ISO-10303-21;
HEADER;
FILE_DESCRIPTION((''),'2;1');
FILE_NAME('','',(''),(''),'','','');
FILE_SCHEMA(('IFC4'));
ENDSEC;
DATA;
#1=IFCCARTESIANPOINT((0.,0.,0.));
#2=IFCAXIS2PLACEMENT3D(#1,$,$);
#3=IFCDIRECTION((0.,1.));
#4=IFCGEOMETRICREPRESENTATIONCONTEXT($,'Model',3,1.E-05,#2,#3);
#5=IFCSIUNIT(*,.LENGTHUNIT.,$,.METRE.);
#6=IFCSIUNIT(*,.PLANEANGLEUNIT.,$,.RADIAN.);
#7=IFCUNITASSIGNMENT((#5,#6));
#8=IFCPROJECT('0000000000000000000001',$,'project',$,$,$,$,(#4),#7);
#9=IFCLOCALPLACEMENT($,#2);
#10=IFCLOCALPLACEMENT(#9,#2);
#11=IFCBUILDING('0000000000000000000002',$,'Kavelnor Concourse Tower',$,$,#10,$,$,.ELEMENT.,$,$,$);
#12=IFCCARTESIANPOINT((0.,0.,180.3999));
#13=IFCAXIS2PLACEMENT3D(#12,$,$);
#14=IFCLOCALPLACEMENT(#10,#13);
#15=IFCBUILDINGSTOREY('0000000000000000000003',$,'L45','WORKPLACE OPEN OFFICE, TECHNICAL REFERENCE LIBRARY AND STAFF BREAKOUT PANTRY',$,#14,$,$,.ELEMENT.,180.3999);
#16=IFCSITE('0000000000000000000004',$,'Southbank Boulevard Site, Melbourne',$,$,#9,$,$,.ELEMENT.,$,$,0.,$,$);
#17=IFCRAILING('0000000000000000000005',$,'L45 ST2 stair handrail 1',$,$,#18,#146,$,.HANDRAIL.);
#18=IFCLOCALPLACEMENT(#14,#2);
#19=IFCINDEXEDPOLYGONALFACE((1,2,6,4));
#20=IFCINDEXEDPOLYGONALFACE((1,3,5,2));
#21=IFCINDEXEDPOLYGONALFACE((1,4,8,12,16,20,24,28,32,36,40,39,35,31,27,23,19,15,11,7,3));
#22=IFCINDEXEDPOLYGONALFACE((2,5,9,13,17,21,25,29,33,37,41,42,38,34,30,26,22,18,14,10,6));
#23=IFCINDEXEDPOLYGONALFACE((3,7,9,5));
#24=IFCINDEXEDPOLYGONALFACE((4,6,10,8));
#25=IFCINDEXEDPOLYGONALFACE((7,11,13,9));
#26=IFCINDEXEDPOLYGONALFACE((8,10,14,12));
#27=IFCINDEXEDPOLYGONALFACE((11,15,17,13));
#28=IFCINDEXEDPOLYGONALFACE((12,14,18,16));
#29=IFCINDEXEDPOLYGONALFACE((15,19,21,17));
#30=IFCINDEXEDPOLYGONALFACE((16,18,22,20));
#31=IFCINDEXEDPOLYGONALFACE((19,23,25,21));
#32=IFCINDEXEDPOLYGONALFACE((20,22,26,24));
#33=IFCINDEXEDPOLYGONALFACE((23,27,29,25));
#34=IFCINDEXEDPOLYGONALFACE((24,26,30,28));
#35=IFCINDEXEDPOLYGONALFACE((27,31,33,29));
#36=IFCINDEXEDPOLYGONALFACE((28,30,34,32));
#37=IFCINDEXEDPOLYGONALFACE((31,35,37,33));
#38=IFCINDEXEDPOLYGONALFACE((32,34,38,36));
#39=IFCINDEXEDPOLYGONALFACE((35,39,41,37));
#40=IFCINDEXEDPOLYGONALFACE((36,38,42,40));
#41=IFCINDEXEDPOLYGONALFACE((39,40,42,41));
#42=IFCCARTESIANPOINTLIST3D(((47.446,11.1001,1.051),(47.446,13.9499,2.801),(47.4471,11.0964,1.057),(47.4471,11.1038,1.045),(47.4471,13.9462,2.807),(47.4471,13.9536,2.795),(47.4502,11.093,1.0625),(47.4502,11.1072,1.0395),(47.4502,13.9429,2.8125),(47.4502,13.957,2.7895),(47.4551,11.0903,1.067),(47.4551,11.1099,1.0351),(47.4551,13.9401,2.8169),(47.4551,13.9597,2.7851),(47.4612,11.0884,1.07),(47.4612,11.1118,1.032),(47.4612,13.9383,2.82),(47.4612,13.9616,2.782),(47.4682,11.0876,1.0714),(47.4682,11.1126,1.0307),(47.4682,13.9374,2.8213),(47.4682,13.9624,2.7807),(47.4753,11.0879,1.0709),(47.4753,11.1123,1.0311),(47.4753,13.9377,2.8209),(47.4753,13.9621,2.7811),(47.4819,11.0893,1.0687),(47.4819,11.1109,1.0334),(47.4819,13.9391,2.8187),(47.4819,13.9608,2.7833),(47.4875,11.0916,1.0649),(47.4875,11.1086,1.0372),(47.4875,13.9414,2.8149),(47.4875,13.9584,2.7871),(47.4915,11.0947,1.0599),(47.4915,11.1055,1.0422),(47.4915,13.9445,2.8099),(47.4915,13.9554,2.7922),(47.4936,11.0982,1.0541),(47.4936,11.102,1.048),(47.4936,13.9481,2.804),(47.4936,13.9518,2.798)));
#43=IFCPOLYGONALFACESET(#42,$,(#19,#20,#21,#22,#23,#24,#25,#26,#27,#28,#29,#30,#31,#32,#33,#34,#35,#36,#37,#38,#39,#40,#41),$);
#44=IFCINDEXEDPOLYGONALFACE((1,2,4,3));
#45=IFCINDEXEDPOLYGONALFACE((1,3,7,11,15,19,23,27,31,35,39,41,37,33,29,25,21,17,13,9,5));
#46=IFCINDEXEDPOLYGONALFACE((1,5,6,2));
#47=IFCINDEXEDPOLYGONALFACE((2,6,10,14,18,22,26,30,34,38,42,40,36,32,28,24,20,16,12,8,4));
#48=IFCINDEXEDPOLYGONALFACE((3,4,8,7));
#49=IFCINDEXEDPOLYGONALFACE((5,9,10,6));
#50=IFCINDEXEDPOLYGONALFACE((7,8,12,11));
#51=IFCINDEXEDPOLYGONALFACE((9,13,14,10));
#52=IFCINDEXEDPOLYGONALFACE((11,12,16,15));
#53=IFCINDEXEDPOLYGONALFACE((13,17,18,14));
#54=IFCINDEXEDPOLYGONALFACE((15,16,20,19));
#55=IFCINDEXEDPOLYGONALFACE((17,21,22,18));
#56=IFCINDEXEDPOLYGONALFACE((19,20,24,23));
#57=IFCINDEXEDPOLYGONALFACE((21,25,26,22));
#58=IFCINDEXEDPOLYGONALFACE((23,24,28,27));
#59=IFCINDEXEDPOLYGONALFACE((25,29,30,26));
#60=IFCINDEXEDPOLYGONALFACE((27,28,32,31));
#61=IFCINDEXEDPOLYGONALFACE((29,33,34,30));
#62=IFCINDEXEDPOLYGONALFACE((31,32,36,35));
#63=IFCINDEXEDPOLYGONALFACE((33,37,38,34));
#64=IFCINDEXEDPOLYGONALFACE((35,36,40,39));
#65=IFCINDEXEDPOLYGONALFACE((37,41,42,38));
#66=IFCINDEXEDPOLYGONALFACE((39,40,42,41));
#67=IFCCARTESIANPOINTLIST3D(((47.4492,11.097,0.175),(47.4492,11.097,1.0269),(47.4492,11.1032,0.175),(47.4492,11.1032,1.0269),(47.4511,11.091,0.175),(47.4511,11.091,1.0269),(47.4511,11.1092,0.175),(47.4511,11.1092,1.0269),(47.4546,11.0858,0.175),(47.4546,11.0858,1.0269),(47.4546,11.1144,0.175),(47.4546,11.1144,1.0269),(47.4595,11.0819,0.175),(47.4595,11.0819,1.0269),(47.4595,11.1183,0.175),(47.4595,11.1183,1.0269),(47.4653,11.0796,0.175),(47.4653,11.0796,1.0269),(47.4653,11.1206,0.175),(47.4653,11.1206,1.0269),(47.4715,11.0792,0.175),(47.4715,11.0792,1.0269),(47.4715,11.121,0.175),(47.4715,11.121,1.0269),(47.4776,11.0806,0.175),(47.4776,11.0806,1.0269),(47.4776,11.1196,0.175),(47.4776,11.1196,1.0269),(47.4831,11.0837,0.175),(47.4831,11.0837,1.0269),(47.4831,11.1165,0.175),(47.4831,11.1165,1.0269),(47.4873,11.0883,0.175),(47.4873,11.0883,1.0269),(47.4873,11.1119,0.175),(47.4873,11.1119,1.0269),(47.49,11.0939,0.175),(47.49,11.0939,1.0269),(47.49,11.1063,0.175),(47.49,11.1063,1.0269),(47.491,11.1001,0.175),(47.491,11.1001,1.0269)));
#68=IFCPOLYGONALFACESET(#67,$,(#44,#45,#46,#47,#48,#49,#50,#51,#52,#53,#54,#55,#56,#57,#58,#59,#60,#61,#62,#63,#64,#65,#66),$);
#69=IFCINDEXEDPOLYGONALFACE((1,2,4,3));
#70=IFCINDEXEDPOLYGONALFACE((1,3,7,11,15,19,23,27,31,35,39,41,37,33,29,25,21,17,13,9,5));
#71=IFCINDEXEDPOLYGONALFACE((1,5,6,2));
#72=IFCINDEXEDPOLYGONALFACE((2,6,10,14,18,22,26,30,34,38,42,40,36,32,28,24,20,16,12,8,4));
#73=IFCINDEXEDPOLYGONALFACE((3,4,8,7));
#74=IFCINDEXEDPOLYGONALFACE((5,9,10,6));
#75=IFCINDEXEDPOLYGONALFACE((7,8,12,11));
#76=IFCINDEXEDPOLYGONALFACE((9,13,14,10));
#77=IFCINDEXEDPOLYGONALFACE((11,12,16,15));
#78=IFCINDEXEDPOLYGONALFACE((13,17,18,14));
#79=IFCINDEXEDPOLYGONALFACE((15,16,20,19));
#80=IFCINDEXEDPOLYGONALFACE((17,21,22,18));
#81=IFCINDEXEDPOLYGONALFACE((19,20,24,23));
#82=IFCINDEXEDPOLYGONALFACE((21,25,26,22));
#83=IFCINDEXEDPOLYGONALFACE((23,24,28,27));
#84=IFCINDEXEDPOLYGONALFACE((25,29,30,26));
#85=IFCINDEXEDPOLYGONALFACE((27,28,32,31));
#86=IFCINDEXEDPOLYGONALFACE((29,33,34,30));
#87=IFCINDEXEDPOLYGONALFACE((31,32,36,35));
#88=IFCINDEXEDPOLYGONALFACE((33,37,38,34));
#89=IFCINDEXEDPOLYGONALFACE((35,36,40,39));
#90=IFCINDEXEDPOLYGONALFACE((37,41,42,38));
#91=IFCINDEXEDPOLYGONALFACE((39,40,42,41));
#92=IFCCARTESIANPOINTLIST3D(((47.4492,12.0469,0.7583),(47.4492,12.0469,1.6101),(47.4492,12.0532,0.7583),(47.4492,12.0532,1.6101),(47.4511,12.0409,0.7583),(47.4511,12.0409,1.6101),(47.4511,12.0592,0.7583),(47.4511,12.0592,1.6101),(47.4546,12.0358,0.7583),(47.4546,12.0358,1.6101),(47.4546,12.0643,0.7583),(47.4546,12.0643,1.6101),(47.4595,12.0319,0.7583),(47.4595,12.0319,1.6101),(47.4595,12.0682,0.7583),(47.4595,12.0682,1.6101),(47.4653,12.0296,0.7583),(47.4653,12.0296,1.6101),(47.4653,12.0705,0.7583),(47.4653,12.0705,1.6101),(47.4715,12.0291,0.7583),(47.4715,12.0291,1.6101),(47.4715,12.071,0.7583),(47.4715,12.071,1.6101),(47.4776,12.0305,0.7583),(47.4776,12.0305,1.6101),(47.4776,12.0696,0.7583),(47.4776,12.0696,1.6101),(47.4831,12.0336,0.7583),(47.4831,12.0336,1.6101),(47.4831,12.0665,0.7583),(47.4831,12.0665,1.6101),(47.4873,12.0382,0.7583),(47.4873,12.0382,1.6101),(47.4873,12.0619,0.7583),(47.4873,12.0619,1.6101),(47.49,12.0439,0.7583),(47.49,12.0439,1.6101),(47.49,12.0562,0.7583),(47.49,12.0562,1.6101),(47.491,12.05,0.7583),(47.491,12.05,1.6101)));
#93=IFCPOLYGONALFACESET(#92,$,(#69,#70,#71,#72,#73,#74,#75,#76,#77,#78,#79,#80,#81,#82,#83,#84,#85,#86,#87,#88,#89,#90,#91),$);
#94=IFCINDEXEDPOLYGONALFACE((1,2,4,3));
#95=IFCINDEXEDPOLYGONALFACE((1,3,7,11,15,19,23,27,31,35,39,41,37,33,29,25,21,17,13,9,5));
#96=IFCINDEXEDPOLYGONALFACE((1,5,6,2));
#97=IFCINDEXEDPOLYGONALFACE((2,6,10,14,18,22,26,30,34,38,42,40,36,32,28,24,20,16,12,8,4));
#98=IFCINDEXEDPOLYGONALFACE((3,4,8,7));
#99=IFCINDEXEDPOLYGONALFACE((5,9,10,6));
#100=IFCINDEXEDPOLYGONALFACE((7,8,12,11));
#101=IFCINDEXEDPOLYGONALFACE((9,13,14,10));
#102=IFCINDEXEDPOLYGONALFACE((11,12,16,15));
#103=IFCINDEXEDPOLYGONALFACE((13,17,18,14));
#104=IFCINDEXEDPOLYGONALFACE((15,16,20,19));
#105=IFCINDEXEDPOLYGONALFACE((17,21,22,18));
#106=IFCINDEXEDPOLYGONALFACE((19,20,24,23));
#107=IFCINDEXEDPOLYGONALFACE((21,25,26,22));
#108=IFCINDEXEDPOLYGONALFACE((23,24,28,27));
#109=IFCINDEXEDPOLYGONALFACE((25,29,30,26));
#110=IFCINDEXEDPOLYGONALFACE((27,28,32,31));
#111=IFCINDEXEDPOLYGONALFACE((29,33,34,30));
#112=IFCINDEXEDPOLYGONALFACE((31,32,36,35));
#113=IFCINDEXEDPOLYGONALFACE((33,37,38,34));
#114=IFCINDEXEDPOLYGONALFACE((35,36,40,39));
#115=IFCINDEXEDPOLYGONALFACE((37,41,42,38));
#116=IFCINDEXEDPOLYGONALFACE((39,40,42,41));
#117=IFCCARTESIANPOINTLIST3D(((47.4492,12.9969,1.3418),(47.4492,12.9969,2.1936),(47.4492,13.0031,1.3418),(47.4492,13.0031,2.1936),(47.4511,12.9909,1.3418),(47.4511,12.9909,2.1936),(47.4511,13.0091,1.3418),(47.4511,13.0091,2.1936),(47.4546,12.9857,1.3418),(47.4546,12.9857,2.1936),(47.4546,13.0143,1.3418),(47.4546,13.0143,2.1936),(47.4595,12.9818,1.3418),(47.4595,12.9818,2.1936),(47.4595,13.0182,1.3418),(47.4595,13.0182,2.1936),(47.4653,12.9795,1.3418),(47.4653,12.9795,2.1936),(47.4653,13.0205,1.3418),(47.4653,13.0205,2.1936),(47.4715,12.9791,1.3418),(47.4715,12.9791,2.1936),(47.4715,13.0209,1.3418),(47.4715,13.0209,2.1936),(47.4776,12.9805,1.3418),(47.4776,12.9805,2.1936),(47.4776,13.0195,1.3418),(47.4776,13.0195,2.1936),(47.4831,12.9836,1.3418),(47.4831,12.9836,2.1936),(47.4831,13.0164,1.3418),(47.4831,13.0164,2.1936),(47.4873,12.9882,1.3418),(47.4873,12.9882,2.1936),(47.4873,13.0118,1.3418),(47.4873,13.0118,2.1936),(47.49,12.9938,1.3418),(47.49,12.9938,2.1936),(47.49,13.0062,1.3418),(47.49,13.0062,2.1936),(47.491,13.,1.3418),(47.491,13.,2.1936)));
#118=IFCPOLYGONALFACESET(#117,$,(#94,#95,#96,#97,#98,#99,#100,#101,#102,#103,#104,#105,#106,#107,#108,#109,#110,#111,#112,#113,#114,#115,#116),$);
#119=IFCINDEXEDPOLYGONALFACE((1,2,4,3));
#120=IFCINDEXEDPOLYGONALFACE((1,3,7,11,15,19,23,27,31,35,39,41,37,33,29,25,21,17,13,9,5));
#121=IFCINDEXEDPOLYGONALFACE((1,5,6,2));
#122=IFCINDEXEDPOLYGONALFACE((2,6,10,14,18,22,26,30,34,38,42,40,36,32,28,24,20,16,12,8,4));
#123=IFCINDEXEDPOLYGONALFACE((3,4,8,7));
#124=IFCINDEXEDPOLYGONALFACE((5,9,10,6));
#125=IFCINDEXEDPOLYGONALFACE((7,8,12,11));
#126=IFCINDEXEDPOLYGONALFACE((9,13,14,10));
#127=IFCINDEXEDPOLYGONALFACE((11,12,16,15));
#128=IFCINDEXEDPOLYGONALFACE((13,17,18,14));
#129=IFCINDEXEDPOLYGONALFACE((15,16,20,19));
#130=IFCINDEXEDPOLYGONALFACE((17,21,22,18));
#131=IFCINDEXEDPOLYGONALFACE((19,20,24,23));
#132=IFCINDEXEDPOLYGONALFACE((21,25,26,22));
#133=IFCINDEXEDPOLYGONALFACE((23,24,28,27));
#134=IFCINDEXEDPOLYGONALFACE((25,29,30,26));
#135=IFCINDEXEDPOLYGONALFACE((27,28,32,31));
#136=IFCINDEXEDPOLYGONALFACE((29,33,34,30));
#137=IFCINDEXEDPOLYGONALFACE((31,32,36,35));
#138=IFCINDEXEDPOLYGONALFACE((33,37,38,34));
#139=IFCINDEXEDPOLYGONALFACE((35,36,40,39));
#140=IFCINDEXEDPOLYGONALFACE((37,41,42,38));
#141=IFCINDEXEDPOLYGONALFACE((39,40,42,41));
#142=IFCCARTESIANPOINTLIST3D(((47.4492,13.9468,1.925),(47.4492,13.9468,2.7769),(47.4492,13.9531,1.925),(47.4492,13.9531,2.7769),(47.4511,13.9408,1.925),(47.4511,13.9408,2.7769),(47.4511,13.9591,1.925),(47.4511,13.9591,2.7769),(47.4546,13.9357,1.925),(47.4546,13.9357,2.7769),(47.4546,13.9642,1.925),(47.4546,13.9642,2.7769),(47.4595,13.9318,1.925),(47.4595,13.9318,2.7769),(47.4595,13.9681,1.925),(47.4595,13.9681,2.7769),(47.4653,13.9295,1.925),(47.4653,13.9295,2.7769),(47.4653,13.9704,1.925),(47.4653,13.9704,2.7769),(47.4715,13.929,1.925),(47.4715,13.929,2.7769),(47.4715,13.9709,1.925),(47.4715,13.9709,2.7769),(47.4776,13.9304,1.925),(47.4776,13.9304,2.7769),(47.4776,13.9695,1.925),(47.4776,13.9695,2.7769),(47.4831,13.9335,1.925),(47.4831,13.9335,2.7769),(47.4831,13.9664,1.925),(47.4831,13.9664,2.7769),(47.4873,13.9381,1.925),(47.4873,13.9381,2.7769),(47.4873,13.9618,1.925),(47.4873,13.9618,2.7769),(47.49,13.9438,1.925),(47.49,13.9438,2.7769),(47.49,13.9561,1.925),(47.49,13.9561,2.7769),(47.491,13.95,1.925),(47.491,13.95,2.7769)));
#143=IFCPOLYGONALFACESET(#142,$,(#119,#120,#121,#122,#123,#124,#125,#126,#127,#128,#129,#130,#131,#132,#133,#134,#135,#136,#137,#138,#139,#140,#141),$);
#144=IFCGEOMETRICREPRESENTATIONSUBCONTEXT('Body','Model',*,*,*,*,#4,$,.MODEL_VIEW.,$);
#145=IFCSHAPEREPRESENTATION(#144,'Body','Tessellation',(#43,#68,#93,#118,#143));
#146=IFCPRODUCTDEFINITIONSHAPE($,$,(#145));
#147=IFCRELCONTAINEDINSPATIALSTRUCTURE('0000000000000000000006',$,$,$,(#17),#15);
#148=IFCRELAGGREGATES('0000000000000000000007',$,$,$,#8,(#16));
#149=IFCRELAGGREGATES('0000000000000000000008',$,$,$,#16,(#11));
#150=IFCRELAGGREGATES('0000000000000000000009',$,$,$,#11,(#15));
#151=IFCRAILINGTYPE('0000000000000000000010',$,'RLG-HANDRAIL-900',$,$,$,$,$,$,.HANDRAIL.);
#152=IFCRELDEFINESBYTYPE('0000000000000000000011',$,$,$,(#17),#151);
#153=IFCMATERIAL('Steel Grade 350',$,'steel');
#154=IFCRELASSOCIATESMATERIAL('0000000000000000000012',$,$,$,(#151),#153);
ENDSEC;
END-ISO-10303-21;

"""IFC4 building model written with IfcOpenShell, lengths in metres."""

from ifc_helpers import new_model, si_unit, direction, frame, origin, origin_2d, place, context, subcontext, project, spatial, circle, extrude, material, type_object, element, save


model = new_model("IFC4")

# Units and contexts
model_context = context("Model", 3, precision=1e-05, world=origin(), true_north=direction((0.0, 1.0)))
body_context = subcontext(model_context, "Body", "Model", "MODEL_VIEW")
ifc_project = project(units=[si_unit("LENGTHUNIT", "METRE"), si_unit("PLANEANGLEUNIT", "RADIAN")], contexts=[model_context])

# Site, building, storey
site_placement = place(None, origin())
site = spatial("IfcSite", under=ifc_project, at=site_placement, Name="Southbank Boulevard Site, Melbourne", CompositionType="ELEMENT", RefElevation=0.0)
building_placement = place(site_placement, origin())
building = spatial("IfcBuilding", under=site, at=building_placement, Name="Kavelnor Concourse Tower", CompositionType="ELEMENT")
storey_placement = place(building_placement, frame((0.0, 0.0, 180.3999)))
storey = spatial("IfcBuildingStorey", under=building, at=storey_placement, Name="L45", Description="WORKPLACE OPEN OFFICE, TECHNICAL REFERENCE LIBRARY AND STAFF BREAKOUT PANTRY", CompositionType="ELEMENT", Elevation=180.3999)

# Shared definitions
ifc_material_1 = material(Name="Steel Grade 350", Category="steel")

# Railing
railing_type_1 = type_object("IfcRailingType", Name="RLG-HANDRAIL-900", PredefinedType="HANDRAIL", material=ifc_material_1)
railing_1_placement = place(storey_placement, frame((47.47, 11.1001, 0.175)))
element("IfcRailing", 1, at=railing_1_placement, inside=storey, type_object=railing_type_1, Name="L45 ST2 stair handrail 1", PredefinedType="HANDRAIL", context=body_context, shape_type="SweptSolid", body=[
    extrude(circle(Radius=0.0239, at=origin_2d()), frame((0.0, 0.0, 0.876), z_axis=(0.0, 0.852159, 0.523283), x_axis=(-1.0, 0.0, 0.0)), (0.0, 0.0, 1.0), 3.3442),
    extrude(circle(Radius=0.021, at=origin_2d()), origin(), (0.0, 0.0, 1.0), 0.8518),
    extrude(circle(Radius=0.021, at=origin_2d()), frame((0.0, 0.95, 0.5833)), (0.0, 0.0, 1.0), 0.8518),
    extrude(circle(Radius=0.021, at=origin_2d()), frame((0.0, 1.8999, 1.1667)), (0.0, 0.0, 1.0), 0.8518),
    extrude(circle(Radius=0.021, at=origin_2d()), frame((0.0, 2.8499, 1.75)), (0.0, 0.0, 1.0), 0.8518),
])

save(model, "model.ifc")
